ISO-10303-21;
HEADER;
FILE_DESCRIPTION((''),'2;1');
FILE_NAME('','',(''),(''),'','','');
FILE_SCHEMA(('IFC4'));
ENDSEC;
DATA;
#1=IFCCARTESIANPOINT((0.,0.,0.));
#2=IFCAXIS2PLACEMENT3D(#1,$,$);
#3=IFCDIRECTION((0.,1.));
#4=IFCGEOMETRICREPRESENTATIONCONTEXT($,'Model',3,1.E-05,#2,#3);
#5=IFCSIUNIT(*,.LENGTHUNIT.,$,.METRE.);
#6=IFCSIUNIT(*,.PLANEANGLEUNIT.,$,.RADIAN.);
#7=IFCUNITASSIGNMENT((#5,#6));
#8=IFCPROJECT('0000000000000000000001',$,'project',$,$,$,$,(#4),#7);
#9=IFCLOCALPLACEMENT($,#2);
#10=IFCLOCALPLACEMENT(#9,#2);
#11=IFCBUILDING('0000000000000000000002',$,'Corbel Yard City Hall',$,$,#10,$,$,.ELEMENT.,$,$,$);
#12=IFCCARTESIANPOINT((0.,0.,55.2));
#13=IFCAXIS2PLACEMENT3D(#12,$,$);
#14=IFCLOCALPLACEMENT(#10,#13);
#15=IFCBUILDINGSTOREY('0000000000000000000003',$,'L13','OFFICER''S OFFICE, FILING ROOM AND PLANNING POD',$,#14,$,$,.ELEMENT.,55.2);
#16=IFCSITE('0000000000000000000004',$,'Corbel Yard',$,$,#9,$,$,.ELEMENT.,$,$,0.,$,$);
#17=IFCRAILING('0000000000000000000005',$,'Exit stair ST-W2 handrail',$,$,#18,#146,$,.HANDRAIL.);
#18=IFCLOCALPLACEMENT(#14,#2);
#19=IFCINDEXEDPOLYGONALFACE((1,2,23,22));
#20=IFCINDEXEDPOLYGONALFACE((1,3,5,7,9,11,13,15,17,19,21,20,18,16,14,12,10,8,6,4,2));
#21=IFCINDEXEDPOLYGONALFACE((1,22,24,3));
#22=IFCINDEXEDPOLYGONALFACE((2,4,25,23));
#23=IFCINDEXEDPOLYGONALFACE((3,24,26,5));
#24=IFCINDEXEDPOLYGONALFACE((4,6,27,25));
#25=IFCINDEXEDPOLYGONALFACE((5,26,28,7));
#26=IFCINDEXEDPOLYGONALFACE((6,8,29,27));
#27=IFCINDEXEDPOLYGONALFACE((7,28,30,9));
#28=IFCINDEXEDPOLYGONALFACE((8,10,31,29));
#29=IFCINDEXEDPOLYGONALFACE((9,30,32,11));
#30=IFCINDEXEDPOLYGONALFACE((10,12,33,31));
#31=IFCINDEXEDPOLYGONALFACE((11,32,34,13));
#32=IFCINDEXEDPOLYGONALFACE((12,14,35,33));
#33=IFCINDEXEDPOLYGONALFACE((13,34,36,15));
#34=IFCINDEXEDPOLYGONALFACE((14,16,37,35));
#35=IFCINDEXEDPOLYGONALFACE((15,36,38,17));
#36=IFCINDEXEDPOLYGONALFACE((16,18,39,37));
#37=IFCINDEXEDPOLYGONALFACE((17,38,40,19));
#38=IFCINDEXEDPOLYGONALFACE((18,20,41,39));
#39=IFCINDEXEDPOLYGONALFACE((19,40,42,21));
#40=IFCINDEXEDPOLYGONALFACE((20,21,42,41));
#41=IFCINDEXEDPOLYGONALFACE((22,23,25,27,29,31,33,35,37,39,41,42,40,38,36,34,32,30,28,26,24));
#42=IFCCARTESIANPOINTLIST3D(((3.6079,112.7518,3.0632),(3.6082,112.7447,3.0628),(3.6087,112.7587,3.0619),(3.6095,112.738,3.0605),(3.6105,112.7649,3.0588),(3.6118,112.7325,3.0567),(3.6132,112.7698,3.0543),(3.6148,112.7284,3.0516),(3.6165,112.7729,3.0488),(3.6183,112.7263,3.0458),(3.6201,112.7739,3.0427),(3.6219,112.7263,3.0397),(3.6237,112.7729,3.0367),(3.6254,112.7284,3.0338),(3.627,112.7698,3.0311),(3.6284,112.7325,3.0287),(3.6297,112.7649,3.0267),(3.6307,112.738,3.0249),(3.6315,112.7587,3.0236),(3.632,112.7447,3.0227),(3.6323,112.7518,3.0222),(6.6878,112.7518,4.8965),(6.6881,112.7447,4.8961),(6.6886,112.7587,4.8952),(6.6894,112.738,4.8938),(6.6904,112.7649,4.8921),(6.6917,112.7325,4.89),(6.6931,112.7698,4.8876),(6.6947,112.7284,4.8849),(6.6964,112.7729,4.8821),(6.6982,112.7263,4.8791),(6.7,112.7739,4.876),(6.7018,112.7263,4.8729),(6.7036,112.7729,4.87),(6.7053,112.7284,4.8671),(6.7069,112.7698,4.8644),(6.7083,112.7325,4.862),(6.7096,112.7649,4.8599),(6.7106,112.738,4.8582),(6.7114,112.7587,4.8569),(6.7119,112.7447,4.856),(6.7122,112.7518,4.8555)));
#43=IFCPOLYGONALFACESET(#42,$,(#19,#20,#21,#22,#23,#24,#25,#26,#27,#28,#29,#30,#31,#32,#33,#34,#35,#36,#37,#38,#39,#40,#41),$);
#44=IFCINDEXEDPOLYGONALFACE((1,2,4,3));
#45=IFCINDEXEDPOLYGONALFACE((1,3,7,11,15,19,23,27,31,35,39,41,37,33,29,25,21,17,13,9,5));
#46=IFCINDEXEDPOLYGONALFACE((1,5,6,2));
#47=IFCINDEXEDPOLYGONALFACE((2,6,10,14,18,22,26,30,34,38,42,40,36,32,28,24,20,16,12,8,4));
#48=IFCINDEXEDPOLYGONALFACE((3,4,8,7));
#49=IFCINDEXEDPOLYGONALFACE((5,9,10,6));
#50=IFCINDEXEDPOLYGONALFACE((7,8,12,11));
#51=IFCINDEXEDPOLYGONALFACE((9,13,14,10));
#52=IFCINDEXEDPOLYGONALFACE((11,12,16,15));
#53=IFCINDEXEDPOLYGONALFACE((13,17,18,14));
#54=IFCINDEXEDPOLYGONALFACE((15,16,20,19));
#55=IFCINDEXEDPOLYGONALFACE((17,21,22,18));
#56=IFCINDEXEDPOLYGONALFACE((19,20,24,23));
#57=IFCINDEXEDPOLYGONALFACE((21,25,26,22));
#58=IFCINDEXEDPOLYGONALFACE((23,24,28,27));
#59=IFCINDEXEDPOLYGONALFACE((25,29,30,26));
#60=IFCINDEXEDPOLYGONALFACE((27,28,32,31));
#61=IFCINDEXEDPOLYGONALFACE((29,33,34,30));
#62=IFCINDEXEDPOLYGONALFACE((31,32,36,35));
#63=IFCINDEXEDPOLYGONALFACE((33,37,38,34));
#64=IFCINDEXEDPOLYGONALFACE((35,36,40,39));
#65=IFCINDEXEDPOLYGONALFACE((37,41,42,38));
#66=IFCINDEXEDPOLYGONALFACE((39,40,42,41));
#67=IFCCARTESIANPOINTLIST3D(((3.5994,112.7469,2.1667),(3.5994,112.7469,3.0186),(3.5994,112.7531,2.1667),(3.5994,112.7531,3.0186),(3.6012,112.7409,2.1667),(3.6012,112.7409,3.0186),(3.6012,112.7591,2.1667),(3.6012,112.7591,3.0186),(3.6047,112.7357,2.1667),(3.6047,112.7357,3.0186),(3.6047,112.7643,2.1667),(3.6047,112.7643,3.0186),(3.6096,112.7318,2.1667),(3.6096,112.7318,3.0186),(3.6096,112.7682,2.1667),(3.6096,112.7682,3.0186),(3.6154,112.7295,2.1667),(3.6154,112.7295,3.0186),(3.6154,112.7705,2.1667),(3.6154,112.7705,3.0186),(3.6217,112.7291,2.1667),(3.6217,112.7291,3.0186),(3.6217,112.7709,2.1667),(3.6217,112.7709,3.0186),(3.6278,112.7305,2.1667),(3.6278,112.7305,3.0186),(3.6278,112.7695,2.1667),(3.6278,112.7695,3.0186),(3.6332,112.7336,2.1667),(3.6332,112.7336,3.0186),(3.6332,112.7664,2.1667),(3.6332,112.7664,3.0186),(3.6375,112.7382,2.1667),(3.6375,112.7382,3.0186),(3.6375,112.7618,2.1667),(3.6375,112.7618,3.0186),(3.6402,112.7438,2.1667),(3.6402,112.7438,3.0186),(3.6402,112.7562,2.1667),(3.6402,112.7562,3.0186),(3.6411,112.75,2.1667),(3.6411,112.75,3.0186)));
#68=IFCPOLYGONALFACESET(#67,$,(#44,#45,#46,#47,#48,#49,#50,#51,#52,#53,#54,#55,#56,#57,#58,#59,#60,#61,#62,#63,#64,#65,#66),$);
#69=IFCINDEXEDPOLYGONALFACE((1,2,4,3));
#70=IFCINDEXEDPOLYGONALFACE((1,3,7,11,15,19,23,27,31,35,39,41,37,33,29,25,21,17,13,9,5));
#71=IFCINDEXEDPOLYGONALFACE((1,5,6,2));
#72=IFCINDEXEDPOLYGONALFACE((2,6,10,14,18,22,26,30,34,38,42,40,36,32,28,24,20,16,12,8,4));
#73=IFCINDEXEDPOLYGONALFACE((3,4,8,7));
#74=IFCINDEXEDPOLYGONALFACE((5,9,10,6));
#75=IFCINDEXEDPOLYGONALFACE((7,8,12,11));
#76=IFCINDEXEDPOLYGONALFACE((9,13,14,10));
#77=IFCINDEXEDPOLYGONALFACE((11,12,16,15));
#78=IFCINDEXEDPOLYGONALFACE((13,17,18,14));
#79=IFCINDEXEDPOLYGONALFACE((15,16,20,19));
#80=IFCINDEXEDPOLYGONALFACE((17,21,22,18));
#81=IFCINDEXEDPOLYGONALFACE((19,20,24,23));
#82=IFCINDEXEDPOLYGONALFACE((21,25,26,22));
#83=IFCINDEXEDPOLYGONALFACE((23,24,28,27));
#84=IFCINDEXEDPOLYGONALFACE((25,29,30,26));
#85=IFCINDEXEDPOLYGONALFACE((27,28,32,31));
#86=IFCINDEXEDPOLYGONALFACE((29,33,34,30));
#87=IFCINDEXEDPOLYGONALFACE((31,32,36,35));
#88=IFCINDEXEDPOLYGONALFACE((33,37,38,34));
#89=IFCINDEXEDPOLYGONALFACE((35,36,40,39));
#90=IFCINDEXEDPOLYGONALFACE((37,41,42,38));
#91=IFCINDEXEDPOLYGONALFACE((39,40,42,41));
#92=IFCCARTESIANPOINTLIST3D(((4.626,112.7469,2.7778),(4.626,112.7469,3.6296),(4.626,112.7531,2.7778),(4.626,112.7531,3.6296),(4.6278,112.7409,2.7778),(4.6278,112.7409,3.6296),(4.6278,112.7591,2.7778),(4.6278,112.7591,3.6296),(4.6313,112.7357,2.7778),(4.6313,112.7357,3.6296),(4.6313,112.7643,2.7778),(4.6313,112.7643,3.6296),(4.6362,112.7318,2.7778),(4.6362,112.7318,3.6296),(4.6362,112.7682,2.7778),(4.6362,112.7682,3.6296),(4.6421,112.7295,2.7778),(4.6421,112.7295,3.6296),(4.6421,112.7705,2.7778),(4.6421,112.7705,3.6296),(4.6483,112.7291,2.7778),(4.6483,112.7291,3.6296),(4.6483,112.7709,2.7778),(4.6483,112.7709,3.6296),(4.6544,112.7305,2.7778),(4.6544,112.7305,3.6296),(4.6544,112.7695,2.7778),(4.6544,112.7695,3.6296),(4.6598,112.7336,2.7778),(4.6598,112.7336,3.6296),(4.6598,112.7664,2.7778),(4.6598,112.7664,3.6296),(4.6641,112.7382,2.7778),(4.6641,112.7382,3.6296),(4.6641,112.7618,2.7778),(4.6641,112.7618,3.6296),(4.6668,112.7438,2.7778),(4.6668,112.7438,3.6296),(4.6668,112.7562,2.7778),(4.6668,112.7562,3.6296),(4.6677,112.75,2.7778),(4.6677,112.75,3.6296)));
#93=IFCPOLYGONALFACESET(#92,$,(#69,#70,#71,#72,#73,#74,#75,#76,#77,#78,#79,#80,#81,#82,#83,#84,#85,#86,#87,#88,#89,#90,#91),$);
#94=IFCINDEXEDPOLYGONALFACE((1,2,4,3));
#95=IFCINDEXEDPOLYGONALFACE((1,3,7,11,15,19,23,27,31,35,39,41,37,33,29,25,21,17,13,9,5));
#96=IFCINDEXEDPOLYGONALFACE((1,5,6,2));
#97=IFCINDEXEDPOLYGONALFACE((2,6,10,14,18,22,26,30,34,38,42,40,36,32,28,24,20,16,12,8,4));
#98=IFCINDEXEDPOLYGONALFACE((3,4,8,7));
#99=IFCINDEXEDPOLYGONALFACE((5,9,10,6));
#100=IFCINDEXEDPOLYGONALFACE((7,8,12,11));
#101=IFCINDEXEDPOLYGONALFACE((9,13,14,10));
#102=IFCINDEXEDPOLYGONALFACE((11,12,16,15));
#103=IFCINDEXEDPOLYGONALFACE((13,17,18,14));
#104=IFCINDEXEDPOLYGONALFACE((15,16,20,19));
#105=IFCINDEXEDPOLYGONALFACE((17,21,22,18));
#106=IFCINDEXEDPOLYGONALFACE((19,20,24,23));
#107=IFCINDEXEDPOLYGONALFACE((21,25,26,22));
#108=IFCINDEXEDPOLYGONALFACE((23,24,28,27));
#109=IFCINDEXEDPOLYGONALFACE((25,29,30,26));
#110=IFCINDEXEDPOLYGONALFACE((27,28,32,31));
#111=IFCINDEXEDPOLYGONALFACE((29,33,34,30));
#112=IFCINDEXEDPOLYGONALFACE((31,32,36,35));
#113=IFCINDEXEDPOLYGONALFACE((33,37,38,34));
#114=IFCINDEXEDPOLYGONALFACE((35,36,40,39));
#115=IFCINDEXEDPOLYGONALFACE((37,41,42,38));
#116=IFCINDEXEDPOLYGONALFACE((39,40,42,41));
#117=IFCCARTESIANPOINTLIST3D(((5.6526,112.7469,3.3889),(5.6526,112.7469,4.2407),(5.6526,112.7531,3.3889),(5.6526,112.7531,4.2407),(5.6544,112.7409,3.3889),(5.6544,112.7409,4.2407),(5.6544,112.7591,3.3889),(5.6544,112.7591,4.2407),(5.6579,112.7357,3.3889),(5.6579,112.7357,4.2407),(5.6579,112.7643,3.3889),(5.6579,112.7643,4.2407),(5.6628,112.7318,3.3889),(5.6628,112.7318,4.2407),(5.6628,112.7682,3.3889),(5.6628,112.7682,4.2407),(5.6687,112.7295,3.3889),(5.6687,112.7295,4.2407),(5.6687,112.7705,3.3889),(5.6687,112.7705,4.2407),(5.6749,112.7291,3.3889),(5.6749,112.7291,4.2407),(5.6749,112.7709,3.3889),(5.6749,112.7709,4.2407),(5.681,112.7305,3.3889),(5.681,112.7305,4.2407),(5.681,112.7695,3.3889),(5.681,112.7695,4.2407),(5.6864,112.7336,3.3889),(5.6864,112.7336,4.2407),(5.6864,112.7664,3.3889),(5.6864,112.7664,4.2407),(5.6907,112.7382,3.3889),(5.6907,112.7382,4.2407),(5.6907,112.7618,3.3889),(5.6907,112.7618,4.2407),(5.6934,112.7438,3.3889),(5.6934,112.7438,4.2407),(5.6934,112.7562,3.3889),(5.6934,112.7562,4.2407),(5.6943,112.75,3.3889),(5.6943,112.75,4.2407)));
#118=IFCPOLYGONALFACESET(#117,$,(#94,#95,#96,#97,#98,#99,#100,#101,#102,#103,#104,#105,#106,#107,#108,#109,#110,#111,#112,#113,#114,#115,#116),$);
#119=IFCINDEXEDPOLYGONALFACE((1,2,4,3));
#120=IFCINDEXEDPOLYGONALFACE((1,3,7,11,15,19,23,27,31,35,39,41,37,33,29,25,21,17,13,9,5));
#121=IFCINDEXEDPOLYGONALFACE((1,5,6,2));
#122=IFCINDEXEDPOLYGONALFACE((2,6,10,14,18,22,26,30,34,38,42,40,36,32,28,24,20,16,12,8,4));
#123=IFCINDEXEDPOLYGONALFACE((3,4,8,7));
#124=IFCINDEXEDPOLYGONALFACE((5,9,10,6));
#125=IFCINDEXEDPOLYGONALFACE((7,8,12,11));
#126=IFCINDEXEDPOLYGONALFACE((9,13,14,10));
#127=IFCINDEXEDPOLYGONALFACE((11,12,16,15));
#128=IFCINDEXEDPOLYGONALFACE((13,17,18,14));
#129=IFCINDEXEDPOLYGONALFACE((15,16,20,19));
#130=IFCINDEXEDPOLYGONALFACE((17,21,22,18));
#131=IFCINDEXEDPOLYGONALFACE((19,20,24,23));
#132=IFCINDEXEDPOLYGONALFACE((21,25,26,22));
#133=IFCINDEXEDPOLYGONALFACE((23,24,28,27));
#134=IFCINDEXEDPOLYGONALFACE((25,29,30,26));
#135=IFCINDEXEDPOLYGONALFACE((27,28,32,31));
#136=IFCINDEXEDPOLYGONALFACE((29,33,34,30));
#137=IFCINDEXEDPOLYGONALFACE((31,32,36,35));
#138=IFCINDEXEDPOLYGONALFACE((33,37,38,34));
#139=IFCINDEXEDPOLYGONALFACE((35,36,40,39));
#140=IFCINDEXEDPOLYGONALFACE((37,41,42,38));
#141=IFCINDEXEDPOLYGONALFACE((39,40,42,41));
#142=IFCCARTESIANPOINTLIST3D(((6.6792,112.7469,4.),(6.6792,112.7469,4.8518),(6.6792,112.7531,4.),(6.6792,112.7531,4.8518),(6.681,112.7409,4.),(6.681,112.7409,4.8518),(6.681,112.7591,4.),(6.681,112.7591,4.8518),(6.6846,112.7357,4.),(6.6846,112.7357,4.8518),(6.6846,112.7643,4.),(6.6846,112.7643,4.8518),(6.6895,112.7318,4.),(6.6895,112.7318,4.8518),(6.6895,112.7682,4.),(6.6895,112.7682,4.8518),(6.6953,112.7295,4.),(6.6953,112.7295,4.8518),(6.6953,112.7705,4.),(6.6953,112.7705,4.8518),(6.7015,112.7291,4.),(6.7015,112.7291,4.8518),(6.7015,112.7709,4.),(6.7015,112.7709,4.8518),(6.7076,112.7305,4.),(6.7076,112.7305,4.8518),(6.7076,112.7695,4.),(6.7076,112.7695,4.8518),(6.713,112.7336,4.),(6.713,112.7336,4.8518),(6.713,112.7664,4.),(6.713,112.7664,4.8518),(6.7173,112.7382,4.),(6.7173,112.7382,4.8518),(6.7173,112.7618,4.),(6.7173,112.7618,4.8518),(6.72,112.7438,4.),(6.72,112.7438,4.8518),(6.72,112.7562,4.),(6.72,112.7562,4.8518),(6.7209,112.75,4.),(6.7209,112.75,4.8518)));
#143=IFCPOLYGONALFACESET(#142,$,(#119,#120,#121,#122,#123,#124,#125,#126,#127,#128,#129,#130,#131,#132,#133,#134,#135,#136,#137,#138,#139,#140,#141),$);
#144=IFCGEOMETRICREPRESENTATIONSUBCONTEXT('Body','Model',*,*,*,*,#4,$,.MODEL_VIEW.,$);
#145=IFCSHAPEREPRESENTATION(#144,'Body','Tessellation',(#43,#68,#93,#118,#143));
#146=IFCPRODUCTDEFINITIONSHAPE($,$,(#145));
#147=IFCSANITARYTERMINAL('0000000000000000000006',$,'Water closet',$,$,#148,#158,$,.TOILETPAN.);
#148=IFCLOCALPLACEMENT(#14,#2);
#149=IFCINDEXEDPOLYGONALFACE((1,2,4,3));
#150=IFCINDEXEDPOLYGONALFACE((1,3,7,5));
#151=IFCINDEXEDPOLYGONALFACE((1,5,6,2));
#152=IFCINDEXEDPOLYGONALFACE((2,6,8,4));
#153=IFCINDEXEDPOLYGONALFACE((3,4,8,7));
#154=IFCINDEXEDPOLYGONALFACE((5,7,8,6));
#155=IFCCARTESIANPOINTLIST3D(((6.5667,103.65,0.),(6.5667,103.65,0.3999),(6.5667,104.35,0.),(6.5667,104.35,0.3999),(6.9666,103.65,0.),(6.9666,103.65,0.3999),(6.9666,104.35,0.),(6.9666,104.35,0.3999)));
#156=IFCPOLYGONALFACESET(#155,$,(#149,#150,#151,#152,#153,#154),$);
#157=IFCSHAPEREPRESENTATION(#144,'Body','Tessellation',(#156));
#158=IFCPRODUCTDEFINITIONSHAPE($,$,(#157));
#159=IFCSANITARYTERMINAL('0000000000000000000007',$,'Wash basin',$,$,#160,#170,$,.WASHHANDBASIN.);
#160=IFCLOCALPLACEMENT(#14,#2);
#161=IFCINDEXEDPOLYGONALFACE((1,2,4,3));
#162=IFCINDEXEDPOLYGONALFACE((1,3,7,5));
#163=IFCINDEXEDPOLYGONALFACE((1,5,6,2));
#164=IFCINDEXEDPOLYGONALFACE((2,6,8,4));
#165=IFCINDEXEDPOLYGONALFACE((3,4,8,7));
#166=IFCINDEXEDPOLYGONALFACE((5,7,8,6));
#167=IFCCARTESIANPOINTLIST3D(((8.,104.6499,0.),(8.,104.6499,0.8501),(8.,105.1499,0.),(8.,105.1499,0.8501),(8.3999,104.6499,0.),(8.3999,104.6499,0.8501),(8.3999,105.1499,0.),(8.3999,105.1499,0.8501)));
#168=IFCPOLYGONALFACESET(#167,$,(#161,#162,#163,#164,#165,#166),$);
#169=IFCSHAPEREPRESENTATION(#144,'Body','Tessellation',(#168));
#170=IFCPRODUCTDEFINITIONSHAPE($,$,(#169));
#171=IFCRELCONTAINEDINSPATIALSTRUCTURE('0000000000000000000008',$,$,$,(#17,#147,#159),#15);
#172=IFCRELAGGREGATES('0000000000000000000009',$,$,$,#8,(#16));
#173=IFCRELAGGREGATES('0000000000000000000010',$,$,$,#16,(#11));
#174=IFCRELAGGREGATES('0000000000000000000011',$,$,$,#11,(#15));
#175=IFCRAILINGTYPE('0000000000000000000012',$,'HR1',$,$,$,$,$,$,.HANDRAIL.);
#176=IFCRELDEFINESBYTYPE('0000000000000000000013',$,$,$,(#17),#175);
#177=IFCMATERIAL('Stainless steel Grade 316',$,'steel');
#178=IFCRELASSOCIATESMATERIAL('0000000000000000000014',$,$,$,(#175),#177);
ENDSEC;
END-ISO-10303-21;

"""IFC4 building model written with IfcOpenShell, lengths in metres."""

from ifc_helpers import new_model, si_unit, direction, frame, origin, origin_2d, place, context, subcontext, project, spatial, rectangle, circle, extrude, material, type_object, element, save


model = new_model("IFC4")

# Units and contexts
model_context = context("Model", 3, precision=1e-05, world=origin(), true_north=direction((0.0, 1.0)))
body_context = subcontext(model_context, "Body", "Model", "MODEL_VIEW")
ifc_project = project(units=[si_unit("LENGTHUNIT", "METRE"), si_unit("PLANEANGLEUNIT", "RADIAN")], contexts=[model_context])

# Site, building, storey
site_placement = place(None, origin())
site = spatial("IfcSite", under=ifc_project, at=site_placement, Name="Corbel Yard", CompositionType="ELEMENT", RefElevation=0.0)
building_placement = place(site_placement, origin())
building = spatial("IfcBuilding", under=site, at=building_placement, Name="Corbel Yard City Hall", CompositionType="ELEMENT")
storey_placement = place(building_placement, frame((0.0, 0.0, 55.2)))
storey = spatial("IfcBuildingStorey", under=building, at=storey_placement, Name="L13", Description="OFFICER'S OFFICE, FILING ROOM AND PLANNING POD", CompositionType="ELEMENT", Elevation=55.2)

# Shared definitions
ifc_material_1 = material(Name="Stainless steel Grade 316", Category="steel")

# Railing
railing_type = type_object("IfcRailingType", Name="HR1", PredefinedType="HANDRAIL", material=ifc_material_1)
for number, where, name in (
    (1, (3.6201, 112.75, 2.1667), "Exit stair ST-W2 handrail"),
):
    element("IfcRailing", number, at=place(storey_placement, frame(where)), inside=storey, type_object=railing_type, Name=name, PredefinedType="HANDRAIL", context=body_context, shape_type="SweptSolid", body=[
        extrude(circle(Radius=0.0239, at=origin_2d()), frame((0.0, 0.0, 0.876), z_axis=(0.859291, 0.0, 0.511487), x_axis=(0.0, 1.0, 0.0)), (0.0, 0.0, 1.0), 3.5842),
        extrude(circle(Radius=0.021, at=origin_2d()), origin(), (0.0, 0.0, 1.0), 0.8518),
        extrude(circle(Radius=0.021, at=origin_2d()), frame((1.0266, 0.0, 0.6111)), (0.0, 0.0, 1.0), 0.8518),
        extrude(circle(Radius=0.021, at=origin_2d()), frame((2.0532, 0.0, 1.2222)), (0.0, 0.0, 1.0), 0.8518),
        extrude(circle(Radius=0.021, at=origin_2d()), frame((3.0798, 0.0, 1.8333)), (0.0, 0.0, 1.0), 0.8518),
    ])

# Sanitary terminals
sanitary_terminal_1_placement = place(storey_placement, frame((6.7666, 104.0, 0.0), z_axis=(0.0, 0.0, 1.0), x_axis=(1.0, 0.0, 0.0)))
element("IfcSanitaryTerminal", 2, at=sanitary_terminal_1_placement, inside=storey, Name="Water closet", PredefinedType="TOILETPAN", context=body_context, shape_type="SweptSolid", body=[
    extrude(rectangle(XDim=0.3999, YDim=0.7, at=origin_2d()), origin(), (0.0, 0.0, 1.0), 0.3999),
])
sanitary_terminal_2_placement = place(storey_placement, frame((8.2, 104.8999, 0.0), z_axis=(0.0, 0.0, 1.0), x_axis=(1.0, 0.0, 0.0)))
element("IfcSanitaryTerminal", 3, at=sanitary_terminal_2_placement, inside=storey, Name="Wash basin", PredefinedType="WASHHANDBASIN", context=body_context, shape_type="SweptSolid", body=[
    extrude(rectangle(XDim=0.3999, YDim=0.5, at=origin_2d()), origin(), (0.0, 0.0, 1.0), 0.8501),
])

save(model, "model.ifc")
